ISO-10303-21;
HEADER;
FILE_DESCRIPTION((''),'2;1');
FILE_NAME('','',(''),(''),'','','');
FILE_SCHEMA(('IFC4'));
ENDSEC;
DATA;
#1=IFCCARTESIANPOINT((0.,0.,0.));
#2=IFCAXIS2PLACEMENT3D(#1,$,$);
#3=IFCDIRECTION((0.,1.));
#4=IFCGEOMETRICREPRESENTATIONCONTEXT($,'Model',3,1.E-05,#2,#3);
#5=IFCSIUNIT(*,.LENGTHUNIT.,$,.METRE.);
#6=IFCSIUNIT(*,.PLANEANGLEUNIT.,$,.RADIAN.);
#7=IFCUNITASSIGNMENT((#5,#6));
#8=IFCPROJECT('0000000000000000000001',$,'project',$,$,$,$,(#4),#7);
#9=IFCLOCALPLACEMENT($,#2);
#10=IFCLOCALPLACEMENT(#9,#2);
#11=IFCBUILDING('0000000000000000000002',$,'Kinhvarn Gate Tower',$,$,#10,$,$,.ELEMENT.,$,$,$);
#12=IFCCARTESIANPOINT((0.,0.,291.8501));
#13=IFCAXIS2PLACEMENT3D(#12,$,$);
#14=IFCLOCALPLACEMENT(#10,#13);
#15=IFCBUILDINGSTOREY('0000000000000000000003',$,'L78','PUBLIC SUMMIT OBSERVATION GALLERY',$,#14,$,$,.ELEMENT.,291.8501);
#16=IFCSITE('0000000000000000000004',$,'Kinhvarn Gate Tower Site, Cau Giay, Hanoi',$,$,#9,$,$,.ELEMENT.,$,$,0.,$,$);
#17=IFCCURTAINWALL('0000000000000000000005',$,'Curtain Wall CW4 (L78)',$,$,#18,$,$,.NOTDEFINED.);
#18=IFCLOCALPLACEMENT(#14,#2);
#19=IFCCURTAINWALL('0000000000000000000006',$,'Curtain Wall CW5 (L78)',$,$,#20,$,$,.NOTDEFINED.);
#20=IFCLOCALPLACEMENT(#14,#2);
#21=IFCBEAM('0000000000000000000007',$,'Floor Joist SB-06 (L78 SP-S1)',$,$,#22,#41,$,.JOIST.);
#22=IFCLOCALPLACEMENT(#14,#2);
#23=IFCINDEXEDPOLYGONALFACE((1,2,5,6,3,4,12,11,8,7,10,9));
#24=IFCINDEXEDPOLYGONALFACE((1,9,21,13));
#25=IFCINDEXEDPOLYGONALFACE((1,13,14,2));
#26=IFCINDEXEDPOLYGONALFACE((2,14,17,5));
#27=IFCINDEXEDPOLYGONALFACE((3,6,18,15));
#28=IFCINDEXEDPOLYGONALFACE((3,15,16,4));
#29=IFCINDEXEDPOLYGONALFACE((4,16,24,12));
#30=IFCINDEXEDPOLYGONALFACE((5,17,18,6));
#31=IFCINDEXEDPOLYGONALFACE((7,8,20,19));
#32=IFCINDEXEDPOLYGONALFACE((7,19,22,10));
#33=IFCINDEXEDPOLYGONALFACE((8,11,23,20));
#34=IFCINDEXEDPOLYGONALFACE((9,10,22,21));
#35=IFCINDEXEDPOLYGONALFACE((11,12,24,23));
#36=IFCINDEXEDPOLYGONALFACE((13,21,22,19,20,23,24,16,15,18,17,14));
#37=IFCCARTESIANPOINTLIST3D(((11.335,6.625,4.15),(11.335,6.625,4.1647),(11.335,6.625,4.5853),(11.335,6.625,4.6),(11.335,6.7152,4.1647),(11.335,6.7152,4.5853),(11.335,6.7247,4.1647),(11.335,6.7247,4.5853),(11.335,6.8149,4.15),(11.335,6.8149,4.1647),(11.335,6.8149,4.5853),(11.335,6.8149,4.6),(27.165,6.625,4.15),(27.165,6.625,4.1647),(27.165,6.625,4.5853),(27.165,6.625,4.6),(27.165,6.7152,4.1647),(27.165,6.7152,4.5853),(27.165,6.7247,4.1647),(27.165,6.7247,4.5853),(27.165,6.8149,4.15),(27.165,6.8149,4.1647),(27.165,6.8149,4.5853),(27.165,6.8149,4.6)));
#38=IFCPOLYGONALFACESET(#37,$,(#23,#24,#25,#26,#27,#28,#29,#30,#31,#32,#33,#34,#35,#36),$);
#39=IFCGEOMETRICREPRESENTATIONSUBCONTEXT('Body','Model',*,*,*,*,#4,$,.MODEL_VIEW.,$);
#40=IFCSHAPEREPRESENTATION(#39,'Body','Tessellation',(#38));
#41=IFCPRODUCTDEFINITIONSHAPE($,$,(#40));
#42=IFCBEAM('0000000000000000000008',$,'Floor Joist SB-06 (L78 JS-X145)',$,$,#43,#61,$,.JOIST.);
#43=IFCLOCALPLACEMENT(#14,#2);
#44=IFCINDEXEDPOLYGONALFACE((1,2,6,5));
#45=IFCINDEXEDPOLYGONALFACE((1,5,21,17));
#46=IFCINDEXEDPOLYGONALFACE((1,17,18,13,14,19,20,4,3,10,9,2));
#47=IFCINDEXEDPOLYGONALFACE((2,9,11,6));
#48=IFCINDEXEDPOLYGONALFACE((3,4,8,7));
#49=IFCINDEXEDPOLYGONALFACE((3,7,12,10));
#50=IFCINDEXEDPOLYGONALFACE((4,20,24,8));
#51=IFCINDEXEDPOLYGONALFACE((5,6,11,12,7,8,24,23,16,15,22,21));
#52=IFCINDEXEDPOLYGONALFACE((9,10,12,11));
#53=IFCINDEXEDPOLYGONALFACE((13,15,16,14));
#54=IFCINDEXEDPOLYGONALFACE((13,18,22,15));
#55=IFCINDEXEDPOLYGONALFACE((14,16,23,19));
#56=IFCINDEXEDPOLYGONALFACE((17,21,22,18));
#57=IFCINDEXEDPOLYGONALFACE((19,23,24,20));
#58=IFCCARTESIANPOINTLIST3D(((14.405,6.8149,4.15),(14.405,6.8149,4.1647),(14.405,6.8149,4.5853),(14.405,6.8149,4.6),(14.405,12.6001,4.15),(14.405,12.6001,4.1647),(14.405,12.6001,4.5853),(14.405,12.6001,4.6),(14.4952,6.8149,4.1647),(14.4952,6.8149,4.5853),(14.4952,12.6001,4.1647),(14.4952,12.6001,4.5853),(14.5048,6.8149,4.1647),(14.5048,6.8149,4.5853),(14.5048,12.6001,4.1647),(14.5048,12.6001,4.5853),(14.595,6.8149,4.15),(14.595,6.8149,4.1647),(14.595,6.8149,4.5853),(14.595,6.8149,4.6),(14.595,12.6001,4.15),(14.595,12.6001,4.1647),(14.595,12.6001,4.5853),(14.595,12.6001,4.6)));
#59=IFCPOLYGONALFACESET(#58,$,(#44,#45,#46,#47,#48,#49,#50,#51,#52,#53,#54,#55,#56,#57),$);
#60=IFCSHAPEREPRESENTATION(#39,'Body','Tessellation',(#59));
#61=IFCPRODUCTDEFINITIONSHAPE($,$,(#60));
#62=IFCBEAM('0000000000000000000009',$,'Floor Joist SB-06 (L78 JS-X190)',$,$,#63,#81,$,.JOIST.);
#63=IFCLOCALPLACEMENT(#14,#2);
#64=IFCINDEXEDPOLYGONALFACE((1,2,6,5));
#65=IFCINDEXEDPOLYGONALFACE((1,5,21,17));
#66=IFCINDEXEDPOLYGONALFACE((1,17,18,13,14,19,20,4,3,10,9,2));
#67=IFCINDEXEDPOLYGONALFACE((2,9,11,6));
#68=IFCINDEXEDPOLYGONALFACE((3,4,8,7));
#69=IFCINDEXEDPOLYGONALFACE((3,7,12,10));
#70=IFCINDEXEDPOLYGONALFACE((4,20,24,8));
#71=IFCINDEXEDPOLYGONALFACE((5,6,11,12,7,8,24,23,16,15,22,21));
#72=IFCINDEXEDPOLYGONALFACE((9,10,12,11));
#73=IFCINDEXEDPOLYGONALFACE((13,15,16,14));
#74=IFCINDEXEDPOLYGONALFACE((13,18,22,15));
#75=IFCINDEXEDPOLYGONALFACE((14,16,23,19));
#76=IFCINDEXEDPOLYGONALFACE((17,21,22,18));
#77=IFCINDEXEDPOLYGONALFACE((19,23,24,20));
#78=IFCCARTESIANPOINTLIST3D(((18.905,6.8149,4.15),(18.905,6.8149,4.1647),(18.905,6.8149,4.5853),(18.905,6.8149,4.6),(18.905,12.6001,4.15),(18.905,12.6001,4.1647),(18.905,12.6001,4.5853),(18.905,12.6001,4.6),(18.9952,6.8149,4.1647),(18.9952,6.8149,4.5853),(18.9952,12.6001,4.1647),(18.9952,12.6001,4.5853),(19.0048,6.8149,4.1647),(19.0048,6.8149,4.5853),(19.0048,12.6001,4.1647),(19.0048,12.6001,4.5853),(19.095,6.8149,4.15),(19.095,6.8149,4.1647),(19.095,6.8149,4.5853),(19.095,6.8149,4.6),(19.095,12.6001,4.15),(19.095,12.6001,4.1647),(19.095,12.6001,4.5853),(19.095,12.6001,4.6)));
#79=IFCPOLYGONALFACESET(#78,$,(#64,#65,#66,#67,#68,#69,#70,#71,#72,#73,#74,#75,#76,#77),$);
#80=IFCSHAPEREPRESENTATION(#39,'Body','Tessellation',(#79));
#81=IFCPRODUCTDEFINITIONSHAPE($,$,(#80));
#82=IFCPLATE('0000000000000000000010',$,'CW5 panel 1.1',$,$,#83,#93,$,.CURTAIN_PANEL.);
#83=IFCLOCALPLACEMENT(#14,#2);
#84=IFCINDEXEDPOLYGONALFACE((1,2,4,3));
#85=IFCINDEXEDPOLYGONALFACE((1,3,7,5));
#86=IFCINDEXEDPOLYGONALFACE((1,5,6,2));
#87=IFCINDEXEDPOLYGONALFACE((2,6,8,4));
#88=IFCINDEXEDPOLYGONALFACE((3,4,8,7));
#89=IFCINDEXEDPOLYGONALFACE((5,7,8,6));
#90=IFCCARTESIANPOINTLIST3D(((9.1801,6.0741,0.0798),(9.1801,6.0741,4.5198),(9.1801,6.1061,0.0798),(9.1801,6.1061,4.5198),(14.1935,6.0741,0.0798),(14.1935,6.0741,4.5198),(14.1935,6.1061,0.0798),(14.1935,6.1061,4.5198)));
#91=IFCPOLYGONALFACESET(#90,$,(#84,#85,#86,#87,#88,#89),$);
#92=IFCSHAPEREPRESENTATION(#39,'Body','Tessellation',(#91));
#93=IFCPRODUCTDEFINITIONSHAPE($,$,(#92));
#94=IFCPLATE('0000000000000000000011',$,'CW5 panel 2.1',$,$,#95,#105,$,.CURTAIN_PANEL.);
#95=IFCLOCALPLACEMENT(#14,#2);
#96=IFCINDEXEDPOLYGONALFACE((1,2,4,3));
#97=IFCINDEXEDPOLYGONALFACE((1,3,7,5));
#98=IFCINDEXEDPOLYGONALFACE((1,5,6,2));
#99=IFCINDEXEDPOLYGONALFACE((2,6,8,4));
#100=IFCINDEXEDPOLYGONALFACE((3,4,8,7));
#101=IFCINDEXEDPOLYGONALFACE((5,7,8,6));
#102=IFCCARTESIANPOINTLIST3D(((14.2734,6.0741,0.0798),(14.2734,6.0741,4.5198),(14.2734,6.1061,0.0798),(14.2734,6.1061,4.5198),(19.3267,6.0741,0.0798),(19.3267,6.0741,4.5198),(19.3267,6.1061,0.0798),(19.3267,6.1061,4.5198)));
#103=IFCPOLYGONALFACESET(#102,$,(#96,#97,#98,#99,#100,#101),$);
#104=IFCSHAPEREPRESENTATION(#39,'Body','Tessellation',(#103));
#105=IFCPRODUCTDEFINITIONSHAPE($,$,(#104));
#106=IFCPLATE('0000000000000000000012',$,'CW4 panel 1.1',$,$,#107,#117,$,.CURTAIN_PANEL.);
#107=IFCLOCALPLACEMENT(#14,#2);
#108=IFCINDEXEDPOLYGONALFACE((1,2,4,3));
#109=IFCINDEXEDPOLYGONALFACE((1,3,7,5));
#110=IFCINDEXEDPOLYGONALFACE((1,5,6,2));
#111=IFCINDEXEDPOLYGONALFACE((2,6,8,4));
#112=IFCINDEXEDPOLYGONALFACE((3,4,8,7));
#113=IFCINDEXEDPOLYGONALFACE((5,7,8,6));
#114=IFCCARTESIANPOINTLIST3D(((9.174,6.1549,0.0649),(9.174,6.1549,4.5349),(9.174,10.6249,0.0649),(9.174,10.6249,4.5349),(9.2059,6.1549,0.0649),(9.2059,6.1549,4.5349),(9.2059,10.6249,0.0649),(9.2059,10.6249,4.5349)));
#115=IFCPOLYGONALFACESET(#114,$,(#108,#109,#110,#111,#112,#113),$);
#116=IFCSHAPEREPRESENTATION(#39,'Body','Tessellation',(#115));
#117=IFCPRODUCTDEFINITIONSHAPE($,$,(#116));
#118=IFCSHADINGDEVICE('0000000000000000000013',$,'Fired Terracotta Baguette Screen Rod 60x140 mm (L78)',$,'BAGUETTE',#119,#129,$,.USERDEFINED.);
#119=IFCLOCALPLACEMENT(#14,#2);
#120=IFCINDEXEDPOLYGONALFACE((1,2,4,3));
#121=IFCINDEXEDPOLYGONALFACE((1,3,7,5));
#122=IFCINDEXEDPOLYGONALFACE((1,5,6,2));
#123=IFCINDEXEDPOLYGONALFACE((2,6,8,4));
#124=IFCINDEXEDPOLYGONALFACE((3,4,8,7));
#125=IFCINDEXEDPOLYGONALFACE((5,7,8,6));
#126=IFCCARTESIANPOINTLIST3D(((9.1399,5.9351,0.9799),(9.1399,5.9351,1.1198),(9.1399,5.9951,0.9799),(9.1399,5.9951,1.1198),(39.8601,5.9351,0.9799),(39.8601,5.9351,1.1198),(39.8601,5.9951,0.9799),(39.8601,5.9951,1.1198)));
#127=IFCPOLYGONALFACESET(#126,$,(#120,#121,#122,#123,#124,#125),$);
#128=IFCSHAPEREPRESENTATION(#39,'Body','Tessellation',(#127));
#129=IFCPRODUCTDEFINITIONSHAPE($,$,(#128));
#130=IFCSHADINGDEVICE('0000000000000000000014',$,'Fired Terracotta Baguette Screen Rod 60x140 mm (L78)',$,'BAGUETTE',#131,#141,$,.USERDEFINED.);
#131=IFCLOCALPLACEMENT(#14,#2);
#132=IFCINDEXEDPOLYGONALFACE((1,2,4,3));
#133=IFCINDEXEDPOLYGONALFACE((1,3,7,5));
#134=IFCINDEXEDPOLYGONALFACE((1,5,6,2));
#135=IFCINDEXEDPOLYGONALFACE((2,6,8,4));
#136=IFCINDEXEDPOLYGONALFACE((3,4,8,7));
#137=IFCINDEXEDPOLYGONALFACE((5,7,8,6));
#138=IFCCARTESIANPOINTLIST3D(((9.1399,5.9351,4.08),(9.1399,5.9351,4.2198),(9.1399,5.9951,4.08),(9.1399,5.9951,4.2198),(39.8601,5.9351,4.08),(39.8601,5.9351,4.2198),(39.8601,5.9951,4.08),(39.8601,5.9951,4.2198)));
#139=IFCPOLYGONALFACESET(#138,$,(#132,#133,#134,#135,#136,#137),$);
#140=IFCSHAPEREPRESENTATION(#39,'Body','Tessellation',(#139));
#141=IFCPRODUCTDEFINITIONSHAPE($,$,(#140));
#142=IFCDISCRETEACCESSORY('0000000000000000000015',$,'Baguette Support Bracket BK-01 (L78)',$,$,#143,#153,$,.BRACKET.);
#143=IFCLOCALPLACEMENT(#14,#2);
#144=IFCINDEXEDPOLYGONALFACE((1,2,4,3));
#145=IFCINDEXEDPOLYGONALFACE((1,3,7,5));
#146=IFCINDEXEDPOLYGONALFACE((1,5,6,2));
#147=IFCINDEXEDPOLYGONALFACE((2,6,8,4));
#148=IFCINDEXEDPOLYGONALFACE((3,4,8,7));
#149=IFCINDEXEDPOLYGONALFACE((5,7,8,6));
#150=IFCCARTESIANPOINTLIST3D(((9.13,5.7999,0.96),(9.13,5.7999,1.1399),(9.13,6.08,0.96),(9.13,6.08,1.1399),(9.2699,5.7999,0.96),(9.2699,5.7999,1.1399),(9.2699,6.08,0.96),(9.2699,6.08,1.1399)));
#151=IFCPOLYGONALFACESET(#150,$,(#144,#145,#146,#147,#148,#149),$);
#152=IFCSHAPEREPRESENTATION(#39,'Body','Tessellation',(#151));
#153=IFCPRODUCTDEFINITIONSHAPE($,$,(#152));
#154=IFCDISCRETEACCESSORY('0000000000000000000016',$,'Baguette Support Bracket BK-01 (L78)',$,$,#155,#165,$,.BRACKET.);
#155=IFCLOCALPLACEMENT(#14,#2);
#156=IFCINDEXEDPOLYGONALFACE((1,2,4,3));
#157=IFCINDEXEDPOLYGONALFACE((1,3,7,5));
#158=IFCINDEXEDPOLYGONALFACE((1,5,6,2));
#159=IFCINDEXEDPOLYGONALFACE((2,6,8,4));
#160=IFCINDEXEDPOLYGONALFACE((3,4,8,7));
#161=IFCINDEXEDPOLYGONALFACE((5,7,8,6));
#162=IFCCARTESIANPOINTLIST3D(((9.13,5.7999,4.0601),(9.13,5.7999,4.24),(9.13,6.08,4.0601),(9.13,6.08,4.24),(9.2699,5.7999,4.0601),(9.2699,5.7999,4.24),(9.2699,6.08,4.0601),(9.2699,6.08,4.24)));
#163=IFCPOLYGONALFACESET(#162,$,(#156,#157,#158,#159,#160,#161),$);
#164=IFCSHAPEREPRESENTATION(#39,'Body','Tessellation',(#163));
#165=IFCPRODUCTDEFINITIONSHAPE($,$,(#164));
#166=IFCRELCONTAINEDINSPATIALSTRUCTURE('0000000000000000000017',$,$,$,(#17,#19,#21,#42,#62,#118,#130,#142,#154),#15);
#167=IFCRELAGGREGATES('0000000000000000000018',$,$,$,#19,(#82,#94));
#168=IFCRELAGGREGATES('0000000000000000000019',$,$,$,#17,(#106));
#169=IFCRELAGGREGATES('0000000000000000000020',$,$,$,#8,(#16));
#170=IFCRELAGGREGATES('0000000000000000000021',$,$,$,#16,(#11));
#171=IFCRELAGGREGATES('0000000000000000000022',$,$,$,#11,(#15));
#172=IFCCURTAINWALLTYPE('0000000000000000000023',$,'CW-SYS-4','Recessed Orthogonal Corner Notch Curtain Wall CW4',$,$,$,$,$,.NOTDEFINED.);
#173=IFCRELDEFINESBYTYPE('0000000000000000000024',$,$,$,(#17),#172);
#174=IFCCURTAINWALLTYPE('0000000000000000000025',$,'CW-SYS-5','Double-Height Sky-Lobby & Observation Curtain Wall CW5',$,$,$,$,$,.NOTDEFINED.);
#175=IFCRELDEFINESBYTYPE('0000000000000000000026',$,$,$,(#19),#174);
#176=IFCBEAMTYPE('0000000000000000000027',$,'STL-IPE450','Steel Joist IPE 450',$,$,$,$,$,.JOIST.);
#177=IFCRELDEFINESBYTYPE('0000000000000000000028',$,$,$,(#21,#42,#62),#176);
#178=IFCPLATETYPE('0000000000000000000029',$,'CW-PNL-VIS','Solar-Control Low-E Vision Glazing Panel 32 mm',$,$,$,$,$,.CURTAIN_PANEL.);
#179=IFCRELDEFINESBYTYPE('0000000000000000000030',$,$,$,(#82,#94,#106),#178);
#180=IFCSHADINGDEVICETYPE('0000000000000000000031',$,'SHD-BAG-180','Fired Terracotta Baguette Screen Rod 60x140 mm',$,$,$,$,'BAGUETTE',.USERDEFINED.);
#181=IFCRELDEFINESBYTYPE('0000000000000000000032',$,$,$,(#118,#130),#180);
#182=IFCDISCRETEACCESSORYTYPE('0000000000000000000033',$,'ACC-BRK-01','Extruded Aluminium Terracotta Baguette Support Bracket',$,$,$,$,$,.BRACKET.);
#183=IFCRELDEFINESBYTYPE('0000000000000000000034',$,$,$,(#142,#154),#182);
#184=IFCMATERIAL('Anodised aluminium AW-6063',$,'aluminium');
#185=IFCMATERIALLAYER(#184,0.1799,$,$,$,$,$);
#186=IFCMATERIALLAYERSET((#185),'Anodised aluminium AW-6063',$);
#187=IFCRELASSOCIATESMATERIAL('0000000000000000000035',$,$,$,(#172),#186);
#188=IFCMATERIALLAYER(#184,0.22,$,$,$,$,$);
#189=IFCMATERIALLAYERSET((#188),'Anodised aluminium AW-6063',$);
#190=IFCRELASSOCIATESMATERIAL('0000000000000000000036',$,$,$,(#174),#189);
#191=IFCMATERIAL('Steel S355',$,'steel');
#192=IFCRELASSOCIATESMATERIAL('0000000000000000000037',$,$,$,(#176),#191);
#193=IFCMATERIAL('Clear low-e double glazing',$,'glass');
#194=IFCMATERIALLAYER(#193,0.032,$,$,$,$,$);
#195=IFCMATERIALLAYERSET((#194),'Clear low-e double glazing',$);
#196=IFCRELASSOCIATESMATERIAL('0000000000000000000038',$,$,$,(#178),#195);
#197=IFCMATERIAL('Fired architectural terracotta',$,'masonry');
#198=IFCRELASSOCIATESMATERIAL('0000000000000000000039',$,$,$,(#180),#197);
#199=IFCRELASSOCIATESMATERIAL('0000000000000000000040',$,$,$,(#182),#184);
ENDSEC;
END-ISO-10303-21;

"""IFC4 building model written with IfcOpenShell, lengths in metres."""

from ifc_helpers import new_model, si_unit, direction, frame, origin, origin_2d, place, context, subcontext, project, spatial, rectangle, i_section, extrude, material, layer, layer_set, material_profile, profile_set, type_object, element, aggregate, save


model = new_model("IFC4")

# Units and contexts
model_context = context("Model", 3, precision=1e-05, world=origin(), true_north=direction((0.0, 1.0)))
body_context = subcontext(model_context, "Body", "Model", "MODEL_VIEW")
ifc_project = project(units=[si_unit("LENGTHUNIT", "METRE"), si_unit("PLANEANGLEUNIT", "RADIAN")], contexts=[model_context])

# Site, building, storey
site_placement = place(None, origin())
site = spatial("IfcSite", under=ifc_project, at=site_placement, Name="Kinhvarn Gate Tower Site, Cau Giay, Hanoi", CompositionType="ELEMENT", RefElevation=0.0)
building_placement = place(site_placement, origin())
building = spatial("IfcBuilding", under=site, at=building_placement, Name="Kinhvarn Gate Tower", CompositionType="ELEMENT")
storey_placement = place(building_placement, frame((0.0, 0.0, 291.8501)))
storey = spatial("IfcBuildingStorey", under=building, at=storey_placement, Name="L78", Description="PUBLIC SUMMIT OBSERVATION GALLERY", CompositionType="ELEMENT", Elevation=291.8501)

# Curtain wall
ifc_material_1 = material(Name="Anodised aluminium AW-6063", Category="aluminium")
ifc_layer_1 = layer(ifc_material_1, 0.1799)
ifc_layer_set_1 = layer_set([ifc_layer_1], Name="Anodised aluminium AW-6063")
curtain_wall_type_1 = type_object("IfcCurtainWallType", Name="CW-SYS-4", Description="Recessed Orthogonal Corner Notch Curtain Wall CW4", PredefinedType="NOTDEFINED", material=ifc_layer_set_1)
curtain_wall_1_placement = place(storey_placement, origin())
curtain_wall_1 = element("IfcCurtainWall", 1, at=curtain_wall_1_placement, inside=storey, type_object=curtain_wall_type_1, Name="Curtain Wall CW4 (L78)", PredefinedType="NOTDEFINED")

# Curtain wall
ifc_layer_2 = layer(ifc_material_1, 0.22)
ifc_layer_set_2 = layer_set([ifc_layer_2], Name="Anodised aluminium AW-6063")
curtain_wall_type_2 = type_object("IfcCurtainWallType", Name="CW-SYS-5", Description="Double-Height Sky-Lobby & Observation Curtain Wall CW5", PredefinedType="NOTDEFINED", material=ifc_layer_set_2)
curtain_wall_2_placement = place(storey_placement, origin())
curtain_wall_2 = element("IfcCurtainWall", 2, at=curtain_wall_2_placement, inside=storey, type_object=curtain_wall_type_2, Name="Curtain Wall CW5 (L78)", PredefinedType="NOTDEFINED")

# Beams
ifc_material_2 = material(Name="Steel S355", Category="steel")
ifc_material_profile_1 = material_profile(ifc_material_2, i_section(OverallWidth=0.1899, OverallDepth=0.45, WebThickness=0.0095, FlangeThickness=0.0146, at=origin_2d()), Name="IPE 450")
ifc_profile_set_1 = profile_set([ifc_material_profile_1], Name="Steel S355")
beam_type_1 = type_object("IfcBeamType", Name="STL-IPE450", Description="Steel Joist IPE 450", PredefinedType="JOIST", material=ifc_profile_set_1)
beam_1_placement = place(storey_placement, frame((11.335, 6.72, 4.375), z_axis=(1.0, 0.0, 0.0), x_axis=(0.0, 1.0, 0.0)))
element("IfcBeam", 3, at=beam_1_placement, inside=storey, type_object=beam_type_1, Name="Floor Joist SB-06 (L78 SP-S1)", PredefinedType="JOIST", context=body_context, shape_type="SweptSolid", body=[
    extrude(i_section(OverallWidth=0.1899, OverallDepth=0.45, WebThickness=0.0095, FlangeThickness=0.0146, at=origin_2d()), origin(), (0.0, 0.0, 1.0), 15.8301),
])
for number, where, z_axis, x_axis, name in (
    (4, (14.5, 6.8149, 4.375), (0.0, 1.0, 0.0), (-1.0, 0.0, 0.0), "Floor Joist SB-06 (L78 JS-X145)"),
    (5, (19.0, 6.8149, 4.375), (0.0, 1.0, 0.0), (-1.0, 0.0, 0.0), "Floor Joist SB-06 (L78 JS-X190)"),
):
    element("IfcBeam", number, at=place(storey_placement, frame(where, z_axis=z_axis, x_axis=x_axis)), inside=storey, type_object=beam_type_1, Name=name, PredefinedType="JOIST", context=body_context, shape_type="SweptSolid", body=[
        extrude(i_section(OverallWidth=0.1899, OverallDepth=0.45, WebThickness=0.0095, FlangeThickness=0.0146, at=origin_2d()), origin(), (0.0, 0.0, 1.0), 5.7852),
    ])

# Plates
ifc_material_3 = material(Name="Clear low-e double glazing", Category="glass")
ifc_layer_3 = layer(ifc_material_3, 0.032)
ifc_layer_set_3 = layer_set([ifc_layer_3], Name="Clear low-e double glazing")
plate_type = type_object("IfcPlateType", Name="CW-PNL-VIS", Description="Solar-Control Low-E Vision Glazing Panel 32 mm", PredefinedType="CURTAIN_PANEL", material=ifc_layer_set_3)
plate_1_placement = place(storey_placement, frame((11.6868, 6.0901, 0.0798), z_axis=(0.0, 0.0, 1.0), x_axis=(1.0, 0.0, 0.0)))
plate_1 = element("IfcPlate", 6, at=plate_1_placement, type_object=plate_type, Name="CW5 panel 1.1", PredefinedType="CURTAIN_PANEL", context=body_context, shape_type="SweptSolid", body=[
    extrude(rectangle(XDim=5.0134, YDim=0.032, at=origin_2d()), origin(), (0.0, 0.0, 1.0), 4.4399),
])
plate_2_placement = place(storey_placement, frame((16.8, 6.0901, 0.0798), z_axis=(0.0, 0.0, 1.0), x_axis=(1.0, 0.0, 0.0)))
plate_2 = element("IfcPlate", 7, at=plate_2_placement, type_object=plate_type, Name="CW5 panel 2.1", PredefinedType="CURTAIN_PANEL", context=body_context, shape_type="SweptSolid", body=[
    extrude(rectangle(XDim=5.0532, YDim=0.032, at=origin_2d()), origin(), (0.0, 0.0, 1.0), 4.4399),
])
aggregate(curtain_wall_2, [plate_1, plate_2])
plate_3_placement = place(storey_placement, frame((9.1899, 8.3899, 0.0649), z_axis=(0.0, 0.0, 1.0), x_axis=(0.0, -1.0, 0.0)))
plate_3 = element("IfcPlate", 8, at=plate_3_placement, type_object=plate_type, Name="CW4 panel 1.1", PredefinedType="CURTAIN_PANEL", context=body_context, shape_type="SweptSolid", body=[
    extrude(rectangle(XDim=4.47, YDim=0.032, at=origin_2d()), origin(), (0.0, 0.0, 1.0), 4.47),
])
aggregate(curtain_wall_1, [plate_3])

# Shading devices
ifc_material_4 = material(Name="Fired architectural terracotta", Category="masonry")
ifc_material_profile_2 = material_profile(ifc_material_4, rectangle(XDim=0.0601, YDim=0.1399, at=origin_2d()), Name="TC 60x140")
ifc_profile_set_2 = profile_set([ifc_material_profile_2], Name="Fired architectural terracotta")
shading_device_type = type_object("IfcShadingDeviceType", Name="SHD-BAG-180", Description="Fired Terracotta Baguette Screen Rod 60x140 mm", ElementType="BAGUETTE", PredefinedType="USERDEFINED", material=ifc_profile_set_2)
for number, where, z_axis, x_axis, name in (
    (9, (9.1399, 5.9651, 1.0498), (1.0, 0.0, 0.0), (0.0, 1.0, 0.0), "Fired Terracotta Baguette Screen Rod 60x140 mm (L78)"),
    (10, (9.1399, 5.9651, 4.1499), (1.0, 0.0, 0.0), (0.0, 1.0, 0.0), "Fired Terracotta Baguette Screen Rod 60x140 mm (L78)"),
):
    element("IfcShadingDevice", number, at=place(storey_placement, frame(where, z_axis=z_axis, x_axis=x_axis)), inside=storey, type_object=shading_device_type, Name=name, ObjectType="BAGUETTE", PredefinedType="USERDEFINED", context=body_context, shape_type="SweptSolid", body=[
        extrude(rectangle(XDim=0.0601, YDim=0.1399, at=origin_2d()), origin(), (0.0, 0.0, 1.0), 30.7202),
    ])

# Discrete accessories
discrete_accessory_type = type_object("IfcDiscreteAccessoryType", Name="ACC-BRK-01", Description="Extruded Aluminium Terracotta Baguette Support Bracket", PredefinedType="BRACKET", material=ifc_material_1)
for number, where, z_axis, x_axis, name in (
    (11, (9.2, 5.9399, 0.96), (0.0, 0.0, 1.0), (1.0, 0.0, 0.0), "Baguette Support Bracket BK-01 (L78)"),
    (12, (9.2, 5.9399, 4.0601), (0.0, 0.0, 1.0), (1.0, 0.0, 0.0), "Baguette Support Bracket BK-01 (L78)"),
):
    element("IfcDiscreteAccessory", number, at=place(storey_placement, frame(where, z_axis=z_axis, x_axis=x_axis)), inside=storey, type_object=discrete_accessory_type, Name=name, PredefinedType="BRACKET", context=body_context, shape_type="SweptSolid", body=[
        extrude(rectangle(XDim=0.1399, YDim=0.28, at=origin_2d()), origin(), (0.0, 0.0, 1.0), 0.1799),
    ])

save(model, "model.ifc")
